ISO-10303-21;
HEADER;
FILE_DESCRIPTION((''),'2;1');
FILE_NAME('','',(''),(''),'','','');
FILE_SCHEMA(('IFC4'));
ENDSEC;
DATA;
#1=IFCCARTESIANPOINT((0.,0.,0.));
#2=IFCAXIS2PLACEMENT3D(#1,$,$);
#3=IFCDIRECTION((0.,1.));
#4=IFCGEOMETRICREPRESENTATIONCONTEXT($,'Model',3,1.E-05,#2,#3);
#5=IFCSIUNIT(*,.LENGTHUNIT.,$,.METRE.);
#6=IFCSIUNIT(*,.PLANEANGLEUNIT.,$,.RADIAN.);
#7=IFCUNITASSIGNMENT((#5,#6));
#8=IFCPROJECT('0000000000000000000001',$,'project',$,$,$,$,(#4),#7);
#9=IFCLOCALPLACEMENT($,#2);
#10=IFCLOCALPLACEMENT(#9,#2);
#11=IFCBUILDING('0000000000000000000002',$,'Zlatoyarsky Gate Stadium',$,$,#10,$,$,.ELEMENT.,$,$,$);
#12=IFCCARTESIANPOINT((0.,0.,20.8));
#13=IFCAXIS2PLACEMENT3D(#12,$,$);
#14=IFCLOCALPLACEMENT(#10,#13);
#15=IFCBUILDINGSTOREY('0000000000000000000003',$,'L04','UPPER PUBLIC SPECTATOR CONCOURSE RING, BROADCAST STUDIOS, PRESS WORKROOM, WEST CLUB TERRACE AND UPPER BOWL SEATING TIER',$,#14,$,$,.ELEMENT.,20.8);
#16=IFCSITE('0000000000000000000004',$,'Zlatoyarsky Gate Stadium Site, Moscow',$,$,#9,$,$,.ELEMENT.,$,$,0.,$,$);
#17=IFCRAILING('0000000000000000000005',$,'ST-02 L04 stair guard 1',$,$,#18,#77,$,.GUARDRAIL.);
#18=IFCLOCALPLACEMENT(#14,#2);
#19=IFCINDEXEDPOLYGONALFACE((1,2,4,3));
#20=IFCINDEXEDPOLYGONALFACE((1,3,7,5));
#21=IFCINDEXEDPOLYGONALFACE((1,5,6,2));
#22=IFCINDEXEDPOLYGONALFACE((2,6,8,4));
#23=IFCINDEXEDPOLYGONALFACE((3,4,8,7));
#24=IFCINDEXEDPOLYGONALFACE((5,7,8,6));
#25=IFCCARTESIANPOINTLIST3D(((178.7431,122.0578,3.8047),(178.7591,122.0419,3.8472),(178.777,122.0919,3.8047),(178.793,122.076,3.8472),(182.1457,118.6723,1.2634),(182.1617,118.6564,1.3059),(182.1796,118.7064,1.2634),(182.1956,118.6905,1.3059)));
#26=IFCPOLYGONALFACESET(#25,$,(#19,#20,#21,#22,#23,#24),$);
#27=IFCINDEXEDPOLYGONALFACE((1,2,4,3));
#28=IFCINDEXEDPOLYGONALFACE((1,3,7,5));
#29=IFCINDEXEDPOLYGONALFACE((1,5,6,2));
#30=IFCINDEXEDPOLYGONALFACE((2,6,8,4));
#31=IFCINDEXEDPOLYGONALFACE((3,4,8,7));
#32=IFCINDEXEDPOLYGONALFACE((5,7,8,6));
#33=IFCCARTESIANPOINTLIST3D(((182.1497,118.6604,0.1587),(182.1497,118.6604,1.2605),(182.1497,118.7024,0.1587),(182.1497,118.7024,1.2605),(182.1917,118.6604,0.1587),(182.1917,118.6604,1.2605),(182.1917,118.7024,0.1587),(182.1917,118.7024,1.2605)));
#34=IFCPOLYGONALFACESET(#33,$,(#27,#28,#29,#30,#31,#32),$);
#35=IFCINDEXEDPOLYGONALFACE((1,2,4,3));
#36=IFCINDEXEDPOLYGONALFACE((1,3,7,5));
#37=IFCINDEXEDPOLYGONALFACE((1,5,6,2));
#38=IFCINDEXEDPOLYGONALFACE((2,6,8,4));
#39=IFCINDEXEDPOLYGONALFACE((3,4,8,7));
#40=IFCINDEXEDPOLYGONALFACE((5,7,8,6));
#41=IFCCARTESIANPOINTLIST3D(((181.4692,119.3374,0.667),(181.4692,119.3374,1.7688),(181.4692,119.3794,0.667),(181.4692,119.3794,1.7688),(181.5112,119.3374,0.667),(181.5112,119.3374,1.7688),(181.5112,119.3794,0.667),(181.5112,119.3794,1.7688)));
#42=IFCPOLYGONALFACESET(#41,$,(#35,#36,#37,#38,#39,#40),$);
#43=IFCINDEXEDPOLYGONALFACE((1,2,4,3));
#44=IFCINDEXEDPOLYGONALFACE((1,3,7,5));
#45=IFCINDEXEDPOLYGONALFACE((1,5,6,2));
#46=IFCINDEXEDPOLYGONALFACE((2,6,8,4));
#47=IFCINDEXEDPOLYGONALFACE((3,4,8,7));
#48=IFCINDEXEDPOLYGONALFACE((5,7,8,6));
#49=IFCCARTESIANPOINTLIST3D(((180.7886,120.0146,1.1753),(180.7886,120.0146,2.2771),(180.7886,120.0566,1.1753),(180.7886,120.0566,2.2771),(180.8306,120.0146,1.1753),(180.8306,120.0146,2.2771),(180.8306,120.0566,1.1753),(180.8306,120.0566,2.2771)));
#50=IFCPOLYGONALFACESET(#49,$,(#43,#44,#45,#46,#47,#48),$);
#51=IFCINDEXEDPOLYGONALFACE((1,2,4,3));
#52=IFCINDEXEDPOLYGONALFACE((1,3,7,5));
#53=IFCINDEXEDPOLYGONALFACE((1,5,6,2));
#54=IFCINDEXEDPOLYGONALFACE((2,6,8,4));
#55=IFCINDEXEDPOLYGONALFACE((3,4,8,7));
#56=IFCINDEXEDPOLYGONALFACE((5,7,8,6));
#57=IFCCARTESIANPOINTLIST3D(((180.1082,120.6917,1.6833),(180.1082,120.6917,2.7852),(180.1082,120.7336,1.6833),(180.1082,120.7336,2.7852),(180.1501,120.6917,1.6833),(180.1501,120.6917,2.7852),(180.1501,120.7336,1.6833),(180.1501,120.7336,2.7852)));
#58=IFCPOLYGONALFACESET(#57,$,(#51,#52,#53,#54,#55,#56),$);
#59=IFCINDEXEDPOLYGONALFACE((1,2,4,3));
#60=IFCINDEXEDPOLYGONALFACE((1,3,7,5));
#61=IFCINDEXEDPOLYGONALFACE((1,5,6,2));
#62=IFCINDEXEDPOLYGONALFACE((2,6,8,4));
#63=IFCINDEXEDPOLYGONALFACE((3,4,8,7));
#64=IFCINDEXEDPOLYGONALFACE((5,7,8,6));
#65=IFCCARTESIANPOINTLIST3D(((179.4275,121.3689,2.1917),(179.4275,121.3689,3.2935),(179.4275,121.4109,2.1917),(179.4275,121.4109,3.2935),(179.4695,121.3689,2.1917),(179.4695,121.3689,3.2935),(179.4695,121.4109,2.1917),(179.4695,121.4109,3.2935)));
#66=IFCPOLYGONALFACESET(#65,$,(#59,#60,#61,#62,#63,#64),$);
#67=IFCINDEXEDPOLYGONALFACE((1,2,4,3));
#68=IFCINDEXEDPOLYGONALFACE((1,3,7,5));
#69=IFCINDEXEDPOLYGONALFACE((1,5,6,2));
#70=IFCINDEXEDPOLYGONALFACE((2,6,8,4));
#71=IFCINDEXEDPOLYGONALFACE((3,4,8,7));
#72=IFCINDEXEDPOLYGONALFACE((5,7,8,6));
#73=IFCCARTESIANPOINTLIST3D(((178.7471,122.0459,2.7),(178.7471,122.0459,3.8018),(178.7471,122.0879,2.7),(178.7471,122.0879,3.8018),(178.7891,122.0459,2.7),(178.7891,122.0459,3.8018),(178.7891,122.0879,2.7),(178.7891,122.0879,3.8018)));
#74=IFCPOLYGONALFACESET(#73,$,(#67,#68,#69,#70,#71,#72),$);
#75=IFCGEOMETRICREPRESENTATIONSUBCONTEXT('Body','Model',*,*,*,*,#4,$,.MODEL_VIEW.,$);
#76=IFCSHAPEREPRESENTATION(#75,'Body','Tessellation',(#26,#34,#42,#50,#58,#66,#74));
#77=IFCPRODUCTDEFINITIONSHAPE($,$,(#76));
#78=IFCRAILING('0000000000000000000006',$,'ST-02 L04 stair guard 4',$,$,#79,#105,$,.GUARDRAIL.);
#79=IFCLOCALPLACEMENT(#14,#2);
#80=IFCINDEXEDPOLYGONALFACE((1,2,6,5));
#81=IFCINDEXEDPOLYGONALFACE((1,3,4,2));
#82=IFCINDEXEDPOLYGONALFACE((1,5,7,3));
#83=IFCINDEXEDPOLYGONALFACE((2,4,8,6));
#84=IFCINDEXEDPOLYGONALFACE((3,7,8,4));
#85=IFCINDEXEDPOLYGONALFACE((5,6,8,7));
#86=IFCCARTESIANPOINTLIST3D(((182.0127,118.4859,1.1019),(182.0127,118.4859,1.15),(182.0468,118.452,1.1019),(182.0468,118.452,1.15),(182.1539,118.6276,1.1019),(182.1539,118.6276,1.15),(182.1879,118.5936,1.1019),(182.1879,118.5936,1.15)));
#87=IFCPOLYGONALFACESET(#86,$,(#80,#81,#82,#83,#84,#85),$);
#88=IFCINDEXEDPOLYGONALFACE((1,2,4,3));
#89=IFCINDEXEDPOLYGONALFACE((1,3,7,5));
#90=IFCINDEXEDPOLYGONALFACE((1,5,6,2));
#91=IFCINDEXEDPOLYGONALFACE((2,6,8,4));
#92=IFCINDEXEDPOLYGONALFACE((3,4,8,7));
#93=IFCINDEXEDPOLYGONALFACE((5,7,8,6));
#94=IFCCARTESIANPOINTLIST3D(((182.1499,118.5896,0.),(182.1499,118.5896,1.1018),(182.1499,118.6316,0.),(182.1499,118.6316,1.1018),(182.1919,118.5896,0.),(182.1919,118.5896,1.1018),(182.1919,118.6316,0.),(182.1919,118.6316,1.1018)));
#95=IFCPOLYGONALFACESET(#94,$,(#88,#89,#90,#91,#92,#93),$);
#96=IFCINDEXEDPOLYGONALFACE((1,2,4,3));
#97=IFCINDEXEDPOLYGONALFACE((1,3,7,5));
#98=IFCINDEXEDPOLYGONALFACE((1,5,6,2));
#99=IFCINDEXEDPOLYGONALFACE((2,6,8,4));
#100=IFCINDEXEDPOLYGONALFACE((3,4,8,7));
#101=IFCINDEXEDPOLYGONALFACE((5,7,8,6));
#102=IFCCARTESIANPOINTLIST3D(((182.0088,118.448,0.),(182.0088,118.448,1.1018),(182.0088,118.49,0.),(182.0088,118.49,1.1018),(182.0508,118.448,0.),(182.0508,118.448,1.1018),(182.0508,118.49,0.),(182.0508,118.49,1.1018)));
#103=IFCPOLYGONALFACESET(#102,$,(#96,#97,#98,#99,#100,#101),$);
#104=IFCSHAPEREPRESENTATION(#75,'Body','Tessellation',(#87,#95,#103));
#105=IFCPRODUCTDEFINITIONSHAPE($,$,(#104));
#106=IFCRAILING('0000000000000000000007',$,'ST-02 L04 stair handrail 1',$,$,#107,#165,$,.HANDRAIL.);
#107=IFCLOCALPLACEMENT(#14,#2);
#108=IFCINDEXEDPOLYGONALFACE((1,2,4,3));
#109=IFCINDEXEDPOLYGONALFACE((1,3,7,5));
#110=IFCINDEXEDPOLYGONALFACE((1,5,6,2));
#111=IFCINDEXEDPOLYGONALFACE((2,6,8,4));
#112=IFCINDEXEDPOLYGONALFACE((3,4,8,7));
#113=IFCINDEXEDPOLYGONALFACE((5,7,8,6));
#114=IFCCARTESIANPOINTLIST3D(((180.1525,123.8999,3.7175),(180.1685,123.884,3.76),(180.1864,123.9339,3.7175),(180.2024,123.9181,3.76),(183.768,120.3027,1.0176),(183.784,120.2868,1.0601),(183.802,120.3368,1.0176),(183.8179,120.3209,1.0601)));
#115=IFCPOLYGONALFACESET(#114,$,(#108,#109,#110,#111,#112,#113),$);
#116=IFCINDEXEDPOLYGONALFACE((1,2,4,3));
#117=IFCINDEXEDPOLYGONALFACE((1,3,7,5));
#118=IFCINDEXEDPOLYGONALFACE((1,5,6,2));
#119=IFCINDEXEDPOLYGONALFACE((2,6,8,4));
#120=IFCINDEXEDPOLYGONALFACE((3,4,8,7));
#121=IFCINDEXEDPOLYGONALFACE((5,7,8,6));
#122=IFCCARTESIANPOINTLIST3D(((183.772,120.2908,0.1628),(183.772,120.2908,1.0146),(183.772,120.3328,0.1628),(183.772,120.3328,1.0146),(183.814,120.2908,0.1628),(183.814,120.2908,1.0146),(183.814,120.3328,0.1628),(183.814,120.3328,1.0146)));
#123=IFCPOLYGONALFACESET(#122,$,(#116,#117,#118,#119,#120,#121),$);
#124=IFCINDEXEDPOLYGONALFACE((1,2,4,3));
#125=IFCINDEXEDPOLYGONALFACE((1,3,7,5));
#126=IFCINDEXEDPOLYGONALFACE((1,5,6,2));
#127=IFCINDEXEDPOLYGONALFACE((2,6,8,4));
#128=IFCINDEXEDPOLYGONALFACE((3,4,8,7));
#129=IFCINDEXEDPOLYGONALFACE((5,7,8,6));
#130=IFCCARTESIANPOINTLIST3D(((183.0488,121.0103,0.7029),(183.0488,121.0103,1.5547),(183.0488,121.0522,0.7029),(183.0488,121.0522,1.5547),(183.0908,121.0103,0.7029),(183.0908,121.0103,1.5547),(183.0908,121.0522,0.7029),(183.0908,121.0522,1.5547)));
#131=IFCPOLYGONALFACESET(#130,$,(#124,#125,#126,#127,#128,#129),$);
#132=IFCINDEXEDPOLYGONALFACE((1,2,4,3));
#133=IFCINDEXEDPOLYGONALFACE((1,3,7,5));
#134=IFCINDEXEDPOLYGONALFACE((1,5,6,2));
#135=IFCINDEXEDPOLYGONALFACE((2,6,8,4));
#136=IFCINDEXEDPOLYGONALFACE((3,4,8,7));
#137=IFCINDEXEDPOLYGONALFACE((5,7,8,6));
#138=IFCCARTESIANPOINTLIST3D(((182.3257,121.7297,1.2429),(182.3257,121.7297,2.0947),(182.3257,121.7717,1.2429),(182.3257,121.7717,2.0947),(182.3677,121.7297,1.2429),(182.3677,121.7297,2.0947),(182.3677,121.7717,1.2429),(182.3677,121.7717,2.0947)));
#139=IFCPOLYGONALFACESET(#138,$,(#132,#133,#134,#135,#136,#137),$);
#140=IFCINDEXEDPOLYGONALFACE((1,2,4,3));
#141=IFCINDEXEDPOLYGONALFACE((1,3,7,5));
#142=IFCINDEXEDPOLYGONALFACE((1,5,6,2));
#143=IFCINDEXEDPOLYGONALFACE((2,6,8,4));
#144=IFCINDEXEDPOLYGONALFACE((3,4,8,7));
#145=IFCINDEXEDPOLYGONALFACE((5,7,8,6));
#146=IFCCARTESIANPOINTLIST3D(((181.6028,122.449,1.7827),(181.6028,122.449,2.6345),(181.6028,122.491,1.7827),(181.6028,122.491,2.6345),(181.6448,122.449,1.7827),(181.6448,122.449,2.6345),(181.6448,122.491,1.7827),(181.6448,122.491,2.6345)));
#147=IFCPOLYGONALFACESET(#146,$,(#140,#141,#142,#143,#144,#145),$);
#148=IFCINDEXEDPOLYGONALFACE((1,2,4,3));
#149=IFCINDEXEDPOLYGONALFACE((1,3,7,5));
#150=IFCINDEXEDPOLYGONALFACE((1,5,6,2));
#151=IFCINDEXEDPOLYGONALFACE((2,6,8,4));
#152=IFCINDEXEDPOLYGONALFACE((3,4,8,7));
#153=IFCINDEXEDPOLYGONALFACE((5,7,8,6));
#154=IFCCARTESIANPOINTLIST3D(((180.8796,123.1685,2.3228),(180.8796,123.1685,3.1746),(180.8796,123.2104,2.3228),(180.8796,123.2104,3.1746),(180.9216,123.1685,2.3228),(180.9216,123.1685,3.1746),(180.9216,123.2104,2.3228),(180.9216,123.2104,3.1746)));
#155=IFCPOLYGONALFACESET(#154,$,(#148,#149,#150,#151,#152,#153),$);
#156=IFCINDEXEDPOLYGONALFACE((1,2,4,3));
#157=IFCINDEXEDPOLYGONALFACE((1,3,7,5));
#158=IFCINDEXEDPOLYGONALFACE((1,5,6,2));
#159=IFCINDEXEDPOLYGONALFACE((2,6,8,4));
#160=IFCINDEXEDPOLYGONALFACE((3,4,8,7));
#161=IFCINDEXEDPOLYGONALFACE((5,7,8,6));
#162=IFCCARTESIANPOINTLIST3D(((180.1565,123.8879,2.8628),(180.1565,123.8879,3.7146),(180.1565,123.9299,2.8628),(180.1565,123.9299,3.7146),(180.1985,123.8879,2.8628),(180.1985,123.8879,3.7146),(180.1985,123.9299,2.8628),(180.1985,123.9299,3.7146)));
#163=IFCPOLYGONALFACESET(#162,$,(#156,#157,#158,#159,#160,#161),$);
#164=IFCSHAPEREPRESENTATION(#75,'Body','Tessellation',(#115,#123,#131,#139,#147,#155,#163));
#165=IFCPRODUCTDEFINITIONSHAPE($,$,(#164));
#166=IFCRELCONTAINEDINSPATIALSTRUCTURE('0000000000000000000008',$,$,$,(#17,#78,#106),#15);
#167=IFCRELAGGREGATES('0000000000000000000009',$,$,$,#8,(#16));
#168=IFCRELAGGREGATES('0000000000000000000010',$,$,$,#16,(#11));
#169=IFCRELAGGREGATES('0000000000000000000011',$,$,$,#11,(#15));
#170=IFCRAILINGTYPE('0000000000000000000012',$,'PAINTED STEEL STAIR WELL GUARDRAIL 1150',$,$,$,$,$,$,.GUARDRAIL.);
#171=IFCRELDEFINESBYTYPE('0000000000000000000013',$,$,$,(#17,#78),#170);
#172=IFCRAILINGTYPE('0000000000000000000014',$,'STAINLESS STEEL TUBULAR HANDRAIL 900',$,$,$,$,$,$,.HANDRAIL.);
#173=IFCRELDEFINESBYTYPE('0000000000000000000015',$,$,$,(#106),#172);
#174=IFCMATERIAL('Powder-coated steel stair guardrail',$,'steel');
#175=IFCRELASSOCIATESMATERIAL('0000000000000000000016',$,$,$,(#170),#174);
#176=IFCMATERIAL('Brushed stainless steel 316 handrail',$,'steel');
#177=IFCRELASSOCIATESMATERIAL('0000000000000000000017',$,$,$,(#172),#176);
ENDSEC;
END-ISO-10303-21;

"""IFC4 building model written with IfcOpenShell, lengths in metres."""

from ifc_helpers import new_model, si_unit, direction, frame, origin, origin_2d, place, context, subcontext, project, spatial, rectangle, extrude, material, type_object, element, save


model = new_model("IFC4")

# Units and contexts
model_context = context("Model", 3, precision=1e-05, world=origin(), true_north=direction((0.0, 1.0)))
body_context = subcontext(model_context, "Body", "Model", "MODEL_VIEW")
ifc_project = project(units=[si_unit("LENGTHUNIT", "METRE"), si_unit("PLANEANGLEUNIT", "RADIAN")], contexts=[model_context])

# Site, building, storey
site_placement = place(None, origin())
site = spatial("IfcSite", under=ifc_project, at=site_placement, Name="Zlatoyarsky Gate Stadium Site, Moscow", CompositionType="ELEMENT", RefElevation=0.0)
building_placement = place(site_placement, origin())
building = spatial("IfcBuilding", under=site, at=building_placement, Name="Zlatoyarsky Gate Stadium", CompositionType="ELEMENT")
storey_placement = place(building_placement, frame((0.0, 0.0, 20.8)))
storey = spatial("IfcBuildingStorey", under=building, at=storey_placement, Name="L04", Description="UPPER PUBLIC SPECTATOR CONCOURSE RING, BROADCAST STUDIOS, PRESS WORKROOM, WEST CLUB TERRACE AND UPPER BOWL SEATING TIER", CompositionType="ELEMENT", Elevation=20.8)

# Railings
ifc_material_1 = material(Name="Powder-coated steel stair guardrail", Category="steel")
railing_type_1 = type_object("IfcRailingType", Name="PAINTED STEEL STAIR WELL GUARDRAIL 1150", PredefinedType="GUARDRAIL", material=ifc_material_1)
railing_1_placement = place(storey_placement, frame((182.1707, 118.6814, 0.1587)))
element("IfcRailing", 1, at=railing_1_placement, inside=storey, type_object=railing_type_1, Name="ST-02 L04 stair guard 1", PredefinedType="GUARDRAIL", context=body_context, shape_type="SweptSolid", body=[
    extrude(rectangle(XDim=0.0481, YDim=0.0481, at=origin_2d()), frame((0.0, 0.0, 1.126), z_axis=(-0.626497, 0.62335, 0.467906), x_axis=(-0.705324, -0.708885, 0.0)), (0.0, 0.0, 1.0), 5.4312),
    extrude(rectangle(XDim=0.042, YDim=0.042, at=origin_2d()), origin(), (0.0, 0.0, 1.0), 1.1018),
    extrude(rectangle(XDim=0.042, YDim=0.042, at=origin_2d()), frame((-0.6804, 0.677, 0.5083)), (0.0, 0.0, 1.0), 1.1018),
    extrude(rectangle(XDim=0.042, YDim=0.042, at=origin_2d()), frame((-1.3611, 1.3542, 1.0166)), (0.0, 0.0, 1.0), 1.1018),
    extrude(rectangle(XDim=0.042, YDim=0.042, at=origin_2d()), frame((-2.0415, 2.0312, 1.5247)), (0.0, 0.0, 1.0), 1.1018),
    extrude(rectangle(XDim=0.042, YDim=0.042, at=origin_2d()), frame((-2.7222, 2.7085, 2.033)), (0.0, 0.0, 1.0), 1.1018),
    extrude(rectangle(XDim=0.042, YDim=0.042, at=origin_2d()), frame((-3.4026, 3.3855, 2.5413)), (0.0, 0.0, 1.0), 1.1018),
])
railing_2_placement = place(storey_placement, frame((182.1709, 118.6106, 0.0)))
element("IfcRailing", 2, at=railing_2_placement, inside=storey, type_object=railing_type_1, Name="ST-02 L04 stair guard 4", PredefinedType="GUARDRAIL", context=body_context, shape_type="SweptSolid", body=[
    extrude(rectangle(XDim=0.0481, YDim=0.0481, at=origin_2d()), frame((0.0, 0.0, 1.126), z_axis=(-0.705884, -0.708327, 0.0), x_axis=(0.708327, -0.705884, 0.0)), (0.0, 0.0, 1.0), 0.2),
    extrude(rectangle(XDim=0.042, YDim=0.042, at=origin_2d()), origin(), (0.0, 0.0, 1.0), 1.1018),
    extrude(rectangle(XDim=0.042, YDim=0.042, at=origin_2d()), frame((-0.1411, -0.1416, 0.0)), (0.0, 0.0, 1.0), 1.1018),
])
ifc_material_2 = material(Name="Brushed stainless steel 316 handrail", Category="steel")
railing_type_2 = type_object("IfcRailingType", Name="STAINLESS STEEL TUBULAR HANDRAIL 900", PredefinedType="HANDRAIL", material=ifc_material_2)
railing_3_placement = place(storey_placement, frame((183.793, 120.3118, 0.1628)))
element("IfcRailing", 3, at=railing_3_placement, inside=storey, type_object=railing_type_2, Name="ST-02 L04 stair handrail 1", PredefinedType="HANDRAIL", context=body_context, shape_type="SweptSolid", body=[
    extrude(rectangle(XDim=0.0481, YDim=0.0481, at=origin_2d()), frame((0.0, 0.0, 0.876), z_axis=(-0.626523, 0.62335, 0.467872), x_axis=(-0.705309, -0.7089, 0.0)), (0.0, 0.0, 1.0), 5.7708),
    extrude(rectangle(XDim=0.042, YDim=0.042, at=origin_2d()), origin(), (0.0, 0.0, 1.0), 0.8518),
    extrude(rectangle(XDim=0.042, YDim=0.042, at=origin_2d()), frame((-0.7231, 0.7195, 0.54)), (0.0, 0.0, 1.0), 0.8518),
    extrude(rectangle(XDim=0.042, YDim=0.042, at=origin_2d()), frame((-1.4463, 1.439, 1.0801)), (0.0, 0.0, 1.0), 0.8518),
    extrude(rectangle(XDim=0.042, YDim=0.042, at=origin_2d()), frame((-2.1692, 2.1582, 1.6199)), (0.0, 0.0, 1.0), 0.8518),
    extrude(rectangle(XDim=0.042, YDim=0.042, at=origin_2d()), frame((-2.8923, 2.8777, 2.1599)), (0.0, 0.0, 1.0), 0.8518),
    extrude(rectangle(XDim=0.042, YDim=0.042, at=origin_2d()), frame((-3.6155, 3.5972, 2.7)), (0.0, 0.0, 1.0), 0.8518),
])

save(model, "model.ifc")
